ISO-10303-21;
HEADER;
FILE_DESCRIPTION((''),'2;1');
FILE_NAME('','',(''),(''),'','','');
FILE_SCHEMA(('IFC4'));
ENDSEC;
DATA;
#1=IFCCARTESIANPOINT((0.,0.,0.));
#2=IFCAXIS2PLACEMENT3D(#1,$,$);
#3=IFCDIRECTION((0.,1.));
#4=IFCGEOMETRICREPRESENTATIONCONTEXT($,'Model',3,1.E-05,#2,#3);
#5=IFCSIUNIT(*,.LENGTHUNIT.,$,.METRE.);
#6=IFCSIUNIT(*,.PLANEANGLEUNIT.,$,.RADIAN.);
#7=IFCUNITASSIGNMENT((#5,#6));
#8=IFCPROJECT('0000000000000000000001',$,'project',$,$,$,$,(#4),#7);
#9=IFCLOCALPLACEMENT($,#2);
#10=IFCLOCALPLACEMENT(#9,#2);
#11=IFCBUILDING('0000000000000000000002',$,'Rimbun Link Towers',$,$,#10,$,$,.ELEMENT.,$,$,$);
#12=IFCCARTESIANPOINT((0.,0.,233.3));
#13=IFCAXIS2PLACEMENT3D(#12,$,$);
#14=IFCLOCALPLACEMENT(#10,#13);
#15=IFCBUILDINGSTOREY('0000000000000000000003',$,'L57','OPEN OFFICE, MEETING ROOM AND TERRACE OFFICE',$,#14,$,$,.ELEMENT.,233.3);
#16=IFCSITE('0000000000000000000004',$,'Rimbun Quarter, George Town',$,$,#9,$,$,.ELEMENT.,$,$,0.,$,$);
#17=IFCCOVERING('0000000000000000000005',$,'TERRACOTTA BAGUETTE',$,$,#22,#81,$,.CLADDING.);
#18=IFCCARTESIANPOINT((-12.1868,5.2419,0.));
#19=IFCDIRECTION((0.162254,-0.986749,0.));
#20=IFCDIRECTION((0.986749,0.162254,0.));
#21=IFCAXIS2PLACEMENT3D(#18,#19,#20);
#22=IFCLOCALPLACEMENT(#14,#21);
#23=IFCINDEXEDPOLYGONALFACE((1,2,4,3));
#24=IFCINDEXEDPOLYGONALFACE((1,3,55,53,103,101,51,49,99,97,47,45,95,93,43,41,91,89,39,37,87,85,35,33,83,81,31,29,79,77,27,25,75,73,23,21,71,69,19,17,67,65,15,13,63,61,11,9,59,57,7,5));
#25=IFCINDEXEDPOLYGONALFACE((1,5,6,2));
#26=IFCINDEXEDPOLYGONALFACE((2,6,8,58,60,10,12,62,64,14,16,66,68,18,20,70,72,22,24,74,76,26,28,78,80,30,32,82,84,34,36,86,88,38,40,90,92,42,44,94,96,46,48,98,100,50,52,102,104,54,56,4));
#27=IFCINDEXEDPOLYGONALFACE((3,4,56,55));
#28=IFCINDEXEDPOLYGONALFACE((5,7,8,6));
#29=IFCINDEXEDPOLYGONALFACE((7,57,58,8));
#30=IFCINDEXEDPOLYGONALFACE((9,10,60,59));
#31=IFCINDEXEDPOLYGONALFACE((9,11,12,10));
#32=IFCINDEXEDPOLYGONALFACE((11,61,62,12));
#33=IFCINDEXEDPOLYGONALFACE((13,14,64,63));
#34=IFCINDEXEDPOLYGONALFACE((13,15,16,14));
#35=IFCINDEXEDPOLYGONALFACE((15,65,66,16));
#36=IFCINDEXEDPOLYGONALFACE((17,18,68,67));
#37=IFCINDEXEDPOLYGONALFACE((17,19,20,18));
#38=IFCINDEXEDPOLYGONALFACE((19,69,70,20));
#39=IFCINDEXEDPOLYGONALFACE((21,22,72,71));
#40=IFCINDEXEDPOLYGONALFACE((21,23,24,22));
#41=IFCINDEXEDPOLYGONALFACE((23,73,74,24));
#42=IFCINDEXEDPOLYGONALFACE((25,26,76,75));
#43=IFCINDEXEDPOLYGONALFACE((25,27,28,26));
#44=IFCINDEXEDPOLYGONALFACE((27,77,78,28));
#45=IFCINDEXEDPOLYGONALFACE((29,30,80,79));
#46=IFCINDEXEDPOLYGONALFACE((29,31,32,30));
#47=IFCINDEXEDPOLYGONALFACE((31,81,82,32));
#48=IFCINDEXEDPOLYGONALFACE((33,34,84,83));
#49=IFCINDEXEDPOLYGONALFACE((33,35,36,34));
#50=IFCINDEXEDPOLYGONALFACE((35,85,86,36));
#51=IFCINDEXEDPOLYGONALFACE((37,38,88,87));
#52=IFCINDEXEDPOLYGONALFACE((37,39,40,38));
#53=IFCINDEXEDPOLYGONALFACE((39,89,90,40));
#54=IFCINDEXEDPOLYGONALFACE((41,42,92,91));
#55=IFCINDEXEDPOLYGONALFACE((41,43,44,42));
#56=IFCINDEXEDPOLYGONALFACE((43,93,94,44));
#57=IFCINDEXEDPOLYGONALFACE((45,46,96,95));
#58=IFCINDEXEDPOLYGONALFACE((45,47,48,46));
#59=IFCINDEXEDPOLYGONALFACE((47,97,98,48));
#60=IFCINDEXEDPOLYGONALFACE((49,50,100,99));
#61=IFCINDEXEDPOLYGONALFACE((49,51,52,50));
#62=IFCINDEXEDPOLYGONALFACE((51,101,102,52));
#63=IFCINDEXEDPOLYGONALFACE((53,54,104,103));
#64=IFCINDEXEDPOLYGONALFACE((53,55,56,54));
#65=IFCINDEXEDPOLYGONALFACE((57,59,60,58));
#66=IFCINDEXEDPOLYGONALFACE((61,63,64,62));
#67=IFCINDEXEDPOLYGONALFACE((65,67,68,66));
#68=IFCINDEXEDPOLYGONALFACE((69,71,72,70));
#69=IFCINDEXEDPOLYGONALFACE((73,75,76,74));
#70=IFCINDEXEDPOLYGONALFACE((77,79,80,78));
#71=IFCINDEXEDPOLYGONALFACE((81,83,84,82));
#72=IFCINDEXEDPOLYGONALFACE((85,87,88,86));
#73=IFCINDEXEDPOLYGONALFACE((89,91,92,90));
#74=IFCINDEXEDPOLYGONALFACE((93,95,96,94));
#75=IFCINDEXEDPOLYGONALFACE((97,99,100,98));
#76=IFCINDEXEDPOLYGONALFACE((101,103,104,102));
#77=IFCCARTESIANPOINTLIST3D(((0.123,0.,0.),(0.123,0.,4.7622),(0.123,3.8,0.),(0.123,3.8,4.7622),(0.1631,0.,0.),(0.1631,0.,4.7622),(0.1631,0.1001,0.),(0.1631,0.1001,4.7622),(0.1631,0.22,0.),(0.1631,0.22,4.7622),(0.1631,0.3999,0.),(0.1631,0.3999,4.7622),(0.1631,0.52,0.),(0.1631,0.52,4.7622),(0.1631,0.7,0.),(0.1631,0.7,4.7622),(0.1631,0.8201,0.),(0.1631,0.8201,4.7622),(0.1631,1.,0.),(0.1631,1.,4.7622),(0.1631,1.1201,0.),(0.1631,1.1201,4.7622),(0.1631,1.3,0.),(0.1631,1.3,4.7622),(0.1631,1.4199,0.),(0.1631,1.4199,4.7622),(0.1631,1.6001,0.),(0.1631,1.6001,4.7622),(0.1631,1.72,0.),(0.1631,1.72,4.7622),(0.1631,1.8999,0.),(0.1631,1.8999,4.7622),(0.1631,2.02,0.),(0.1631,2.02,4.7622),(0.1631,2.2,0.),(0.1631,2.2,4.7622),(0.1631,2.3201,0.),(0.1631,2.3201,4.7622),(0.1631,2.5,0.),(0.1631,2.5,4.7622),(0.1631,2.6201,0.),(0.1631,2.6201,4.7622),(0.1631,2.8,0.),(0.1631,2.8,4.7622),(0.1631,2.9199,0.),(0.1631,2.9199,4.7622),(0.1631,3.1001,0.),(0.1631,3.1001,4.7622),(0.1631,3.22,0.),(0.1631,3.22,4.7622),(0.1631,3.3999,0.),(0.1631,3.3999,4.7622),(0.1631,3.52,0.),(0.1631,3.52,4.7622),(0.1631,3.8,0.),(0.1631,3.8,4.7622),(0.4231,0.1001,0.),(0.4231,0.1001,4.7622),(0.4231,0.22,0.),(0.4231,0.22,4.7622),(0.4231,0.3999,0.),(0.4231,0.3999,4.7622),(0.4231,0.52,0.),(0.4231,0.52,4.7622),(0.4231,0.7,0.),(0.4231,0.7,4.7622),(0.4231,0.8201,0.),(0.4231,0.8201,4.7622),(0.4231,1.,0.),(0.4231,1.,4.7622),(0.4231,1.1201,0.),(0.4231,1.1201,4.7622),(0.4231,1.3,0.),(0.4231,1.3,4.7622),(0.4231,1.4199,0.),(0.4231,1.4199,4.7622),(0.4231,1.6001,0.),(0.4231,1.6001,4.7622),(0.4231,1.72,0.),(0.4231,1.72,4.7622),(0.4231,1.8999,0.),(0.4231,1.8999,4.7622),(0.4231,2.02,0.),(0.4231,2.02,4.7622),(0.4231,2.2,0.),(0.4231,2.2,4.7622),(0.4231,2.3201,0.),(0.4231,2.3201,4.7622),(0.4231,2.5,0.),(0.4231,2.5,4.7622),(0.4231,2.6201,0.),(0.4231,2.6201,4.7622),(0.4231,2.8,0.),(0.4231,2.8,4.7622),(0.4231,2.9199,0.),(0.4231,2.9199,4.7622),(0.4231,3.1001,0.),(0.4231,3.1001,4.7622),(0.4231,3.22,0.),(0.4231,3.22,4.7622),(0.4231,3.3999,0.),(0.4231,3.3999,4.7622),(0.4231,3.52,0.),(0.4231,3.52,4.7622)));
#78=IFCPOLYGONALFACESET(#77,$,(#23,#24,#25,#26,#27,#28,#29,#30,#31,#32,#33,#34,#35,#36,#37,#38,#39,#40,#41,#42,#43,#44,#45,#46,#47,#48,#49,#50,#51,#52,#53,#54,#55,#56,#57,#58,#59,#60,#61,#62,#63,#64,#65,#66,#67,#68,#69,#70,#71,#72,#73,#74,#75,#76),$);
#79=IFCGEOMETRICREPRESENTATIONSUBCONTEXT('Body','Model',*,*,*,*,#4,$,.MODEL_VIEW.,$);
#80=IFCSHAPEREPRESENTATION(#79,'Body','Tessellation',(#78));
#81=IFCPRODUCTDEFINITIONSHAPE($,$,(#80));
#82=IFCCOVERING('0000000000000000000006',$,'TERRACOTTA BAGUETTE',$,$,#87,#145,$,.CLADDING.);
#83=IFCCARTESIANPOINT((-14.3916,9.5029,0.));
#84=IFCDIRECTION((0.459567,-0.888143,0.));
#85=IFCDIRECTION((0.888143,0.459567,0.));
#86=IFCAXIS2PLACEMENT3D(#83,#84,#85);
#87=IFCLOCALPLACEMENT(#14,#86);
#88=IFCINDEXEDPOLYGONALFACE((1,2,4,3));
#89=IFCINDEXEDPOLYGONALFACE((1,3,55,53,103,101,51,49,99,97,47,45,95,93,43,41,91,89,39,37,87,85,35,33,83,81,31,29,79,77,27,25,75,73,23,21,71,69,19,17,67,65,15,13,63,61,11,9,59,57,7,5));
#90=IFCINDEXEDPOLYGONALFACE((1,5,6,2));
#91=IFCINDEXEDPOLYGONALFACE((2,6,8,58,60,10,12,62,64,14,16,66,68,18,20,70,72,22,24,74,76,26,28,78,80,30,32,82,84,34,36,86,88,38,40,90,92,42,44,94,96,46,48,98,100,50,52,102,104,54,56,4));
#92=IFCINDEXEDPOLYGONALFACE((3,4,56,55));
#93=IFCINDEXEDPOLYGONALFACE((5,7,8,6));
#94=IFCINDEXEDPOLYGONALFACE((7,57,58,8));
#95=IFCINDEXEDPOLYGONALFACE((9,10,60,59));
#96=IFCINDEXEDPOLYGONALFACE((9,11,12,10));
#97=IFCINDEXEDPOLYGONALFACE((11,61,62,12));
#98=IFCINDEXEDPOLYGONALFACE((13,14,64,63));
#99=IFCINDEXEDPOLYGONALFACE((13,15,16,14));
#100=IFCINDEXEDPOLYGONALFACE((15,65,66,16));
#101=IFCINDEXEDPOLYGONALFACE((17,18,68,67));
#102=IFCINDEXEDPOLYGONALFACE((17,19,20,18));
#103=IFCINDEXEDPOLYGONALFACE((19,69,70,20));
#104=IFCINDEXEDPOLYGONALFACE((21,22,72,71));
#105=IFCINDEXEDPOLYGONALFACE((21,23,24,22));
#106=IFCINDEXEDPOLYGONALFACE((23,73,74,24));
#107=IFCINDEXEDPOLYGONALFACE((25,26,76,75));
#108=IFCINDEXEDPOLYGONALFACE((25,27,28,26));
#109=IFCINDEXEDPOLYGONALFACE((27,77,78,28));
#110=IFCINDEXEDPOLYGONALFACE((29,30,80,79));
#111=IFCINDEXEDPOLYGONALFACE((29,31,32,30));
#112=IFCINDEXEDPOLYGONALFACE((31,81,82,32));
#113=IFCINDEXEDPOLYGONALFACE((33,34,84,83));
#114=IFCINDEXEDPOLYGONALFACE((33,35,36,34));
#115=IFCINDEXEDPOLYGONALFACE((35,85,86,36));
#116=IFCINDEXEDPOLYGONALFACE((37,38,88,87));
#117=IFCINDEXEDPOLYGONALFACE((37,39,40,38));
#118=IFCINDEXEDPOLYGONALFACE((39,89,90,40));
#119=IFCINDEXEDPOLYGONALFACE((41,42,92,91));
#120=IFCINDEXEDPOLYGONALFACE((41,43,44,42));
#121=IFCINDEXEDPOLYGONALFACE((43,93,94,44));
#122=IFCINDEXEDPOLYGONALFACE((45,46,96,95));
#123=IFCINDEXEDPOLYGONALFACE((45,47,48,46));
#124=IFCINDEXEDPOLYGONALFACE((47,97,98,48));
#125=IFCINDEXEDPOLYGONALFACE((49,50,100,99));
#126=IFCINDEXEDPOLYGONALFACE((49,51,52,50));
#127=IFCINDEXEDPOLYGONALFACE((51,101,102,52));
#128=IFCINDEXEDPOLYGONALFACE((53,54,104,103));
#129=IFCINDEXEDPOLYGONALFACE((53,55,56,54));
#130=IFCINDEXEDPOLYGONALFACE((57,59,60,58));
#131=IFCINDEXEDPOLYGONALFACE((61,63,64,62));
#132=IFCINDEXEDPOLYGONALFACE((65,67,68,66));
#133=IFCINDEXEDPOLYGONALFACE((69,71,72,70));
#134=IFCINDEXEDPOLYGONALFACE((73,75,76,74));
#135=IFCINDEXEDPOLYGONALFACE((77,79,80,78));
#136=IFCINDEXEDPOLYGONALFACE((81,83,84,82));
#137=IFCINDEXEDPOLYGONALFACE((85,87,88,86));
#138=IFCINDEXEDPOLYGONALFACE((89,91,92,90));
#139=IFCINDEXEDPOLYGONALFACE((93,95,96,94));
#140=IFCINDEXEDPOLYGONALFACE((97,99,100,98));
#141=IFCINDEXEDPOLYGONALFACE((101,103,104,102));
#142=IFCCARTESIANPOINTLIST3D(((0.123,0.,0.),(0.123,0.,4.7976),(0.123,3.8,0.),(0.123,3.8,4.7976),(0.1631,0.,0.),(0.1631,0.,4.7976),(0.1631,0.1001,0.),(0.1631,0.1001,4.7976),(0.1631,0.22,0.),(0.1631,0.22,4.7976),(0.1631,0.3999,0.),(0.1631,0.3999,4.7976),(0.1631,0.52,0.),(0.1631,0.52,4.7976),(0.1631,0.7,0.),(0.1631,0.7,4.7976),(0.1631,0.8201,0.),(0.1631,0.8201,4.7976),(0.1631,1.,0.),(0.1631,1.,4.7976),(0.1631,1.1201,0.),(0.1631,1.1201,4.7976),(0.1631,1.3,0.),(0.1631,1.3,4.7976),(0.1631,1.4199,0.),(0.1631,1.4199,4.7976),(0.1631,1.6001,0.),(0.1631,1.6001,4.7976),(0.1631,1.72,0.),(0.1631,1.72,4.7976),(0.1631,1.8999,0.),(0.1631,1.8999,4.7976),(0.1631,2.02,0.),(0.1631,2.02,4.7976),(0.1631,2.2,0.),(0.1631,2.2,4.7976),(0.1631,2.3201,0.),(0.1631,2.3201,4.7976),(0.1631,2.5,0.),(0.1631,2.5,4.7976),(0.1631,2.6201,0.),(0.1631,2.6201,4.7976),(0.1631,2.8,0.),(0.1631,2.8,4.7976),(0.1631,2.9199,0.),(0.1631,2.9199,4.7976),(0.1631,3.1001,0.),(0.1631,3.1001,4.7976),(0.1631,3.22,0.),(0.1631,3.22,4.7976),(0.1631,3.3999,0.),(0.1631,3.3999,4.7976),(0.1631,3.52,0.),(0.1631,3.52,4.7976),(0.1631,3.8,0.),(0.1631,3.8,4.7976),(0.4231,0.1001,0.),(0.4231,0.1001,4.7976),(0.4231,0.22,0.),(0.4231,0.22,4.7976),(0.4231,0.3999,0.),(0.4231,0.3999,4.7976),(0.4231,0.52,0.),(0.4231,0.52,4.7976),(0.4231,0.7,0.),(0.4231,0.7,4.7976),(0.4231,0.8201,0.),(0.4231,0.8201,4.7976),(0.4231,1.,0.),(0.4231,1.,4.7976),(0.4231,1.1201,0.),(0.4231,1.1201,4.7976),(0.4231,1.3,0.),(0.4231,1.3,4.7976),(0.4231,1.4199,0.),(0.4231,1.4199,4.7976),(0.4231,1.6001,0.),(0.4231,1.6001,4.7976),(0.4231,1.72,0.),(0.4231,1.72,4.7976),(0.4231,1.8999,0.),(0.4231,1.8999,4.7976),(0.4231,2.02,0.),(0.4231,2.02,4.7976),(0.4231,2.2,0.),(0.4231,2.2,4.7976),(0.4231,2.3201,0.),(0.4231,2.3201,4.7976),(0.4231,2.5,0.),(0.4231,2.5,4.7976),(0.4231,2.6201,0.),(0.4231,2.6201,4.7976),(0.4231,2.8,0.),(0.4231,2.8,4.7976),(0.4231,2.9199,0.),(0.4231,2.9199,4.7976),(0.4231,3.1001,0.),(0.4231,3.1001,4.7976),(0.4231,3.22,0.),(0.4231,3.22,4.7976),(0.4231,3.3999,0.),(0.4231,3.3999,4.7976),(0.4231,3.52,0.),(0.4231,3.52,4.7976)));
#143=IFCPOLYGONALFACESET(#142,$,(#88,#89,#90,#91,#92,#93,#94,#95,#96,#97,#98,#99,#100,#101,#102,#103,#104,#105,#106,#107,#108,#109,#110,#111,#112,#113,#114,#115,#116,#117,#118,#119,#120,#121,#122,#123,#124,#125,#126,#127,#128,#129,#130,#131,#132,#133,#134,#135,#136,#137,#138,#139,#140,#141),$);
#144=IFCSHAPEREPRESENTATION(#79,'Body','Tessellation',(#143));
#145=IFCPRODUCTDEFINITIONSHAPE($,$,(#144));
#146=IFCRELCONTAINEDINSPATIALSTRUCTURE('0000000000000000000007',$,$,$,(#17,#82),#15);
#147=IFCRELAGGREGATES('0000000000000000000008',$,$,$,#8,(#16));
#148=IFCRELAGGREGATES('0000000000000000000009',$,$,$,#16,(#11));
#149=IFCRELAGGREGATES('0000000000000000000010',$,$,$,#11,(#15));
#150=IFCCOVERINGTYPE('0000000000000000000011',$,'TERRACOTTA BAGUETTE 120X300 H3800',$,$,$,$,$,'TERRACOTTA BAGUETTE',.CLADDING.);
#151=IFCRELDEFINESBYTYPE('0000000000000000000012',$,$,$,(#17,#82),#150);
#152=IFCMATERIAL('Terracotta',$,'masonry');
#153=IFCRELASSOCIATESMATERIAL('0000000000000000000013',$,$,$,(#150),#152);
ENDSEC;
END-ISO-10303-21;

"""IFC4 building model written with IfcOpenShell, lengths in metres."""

from ifc_helpers import new_model, si_unit, direction, frame, origin, place, context, subcontext, project, spatial, polyline, outline, extrude, material, material_profile, profile_set, type_object, element, save


model = new_model("IFC4")

# Units and contexts
model_context = context("Model", 3, precision=1e-05, world=origin(), true_north=direction((0.0, 1.0)))
body_context = subcontext(model_context, "Body", "Model", "MODEL_VIEW")
ifc_project = project(units=[si_unit("LENGTHUNIT", "METRE"), si_unit("PLANEANGLEUNIT", "RADIAN")], contexts=[model_context])

# Site, building, storey
site_placement = place(None, origin())
site = spatial("IfcSite", under=ifc_project, at=site_placement, Name="Rimbun Quarter, George Town", CompositionType="ELEMENT", RefElevation=0.0)
building_placement = place(site_placement, origin())
building = spatial("IfcBuilding", under=site, at=building_placement, Name="Rimbun Link Towers", CompositionType="ELEMENT")
storey_placement = place(building_placement, frame((0.0, 0.0, 233.3)))
storey = spatial("IfcBuildingStorey", under=building, at=storey_placement, Name="L57", Description="OPEN OFFICE, MEETING ROOM AND TERRACE OFFICE", CompositionType="ELEMENT", Elevation=233.3)

# Coverings
ifc_material_1 = material(Name="Terracotta", Category="masonry")
ifc_material_profile_1 = material_profile(ifc_material_1, outline(polyline([(0.123, 0.0), (0.1631, 0.0), (0.1631, 0.1001), (0.4231, 0.1001), (0.4231, 0.22), (0.1631, 0.22), (0.1631, 0.3999), (0.4231, 0.3999), (0.4231, 0.52), (0.1631, 0.52), (0.1631, 0.7), (0.4231, 0.7), (0.4231, 0.8201), (0.1631, 0.8201), (0.1631, 1.0), (0.4231, 1.0), (0.4231, 1.1201), (0.1631, 1.1201), (0.1631, 1.3), (0.4231, 1.3), (0.4231, 1.4199), (0.1631, 1.4199), (0.1631, 1.6001), (0.4231, 1.6001), (0.4231, 1.72), (0.1631, 1.72), (0.1631, 1.8999), (0.4231, 1.8999), (0.4231, 2.02), (0.1631, 2.02), (0.1631, 2.2), (0.4231, 2.2), (0.4231, 2.3201), (0.1631, 2.3201), (0.1631, 2.5), (0.4231, 2.5), (0.4231, 2.6201), (0.1631, 2.6201), (0.1631, 2.8), (0.4231, 2.8), (0.4231, 2.9199), (0.1631, 2.9199), (0.1631, 3.1001), (0.4231, 3.1001), (0.4231, 3.22), (0.1631, 3.22), (0.1631, 3.3999), (0.4231, 3.3999), (0.4231, 3.52), (0.1631, 3.52), (0.1631, 3.8), (0.123, 3.8), (0.123, 0.0)])), Name="BAGUETTE 120X300")
ifc_profile_set_1 = profile_set([ifc_material_profile_1], Name="Terracotta")
covering_type = type_object("IfcCoveringType", Name="TERRACOTTA BAGUETTE 120X300 H3800", ElementType="TERRACOTTA BAGUETTE", PredefinedType="CLADDING", material=ifc_profile_set_1)
covering_1_placement = place(storey_placement, frame((-12.1868, 5.2419, 0.0), z_axis=(0.162254, -0.986749, 0.0), x_axis=(0.986749, 0.162254, 0.0)))
element("IfcCovering", 1, at=covering_1_placement, inside=storey, type_object=covering_type, Name="TERRACOTTA BAGUETTE", PredefinedType="CLADDING", context=body_context, shape_type="SweptSolid", body=[
    extrude(outline(polyline([(0.123, 0.0), (0.1631, 0.0), (0.1631, 0.1001), (0.4231, 0.1001), (0.4231, 0.22), (0.1631, 0.22), (0.1631, 0.3999), (0.4231, 0.3999), (0.4231, 0.52), (0.1631, 0.52), (0.1631, 0.7), (0.4231, 0.7), (0.4231, 0.8201), (0.1631, 0.8201), (0.1631, 1.0), (0.4231, 1.0), (0.4231, 1.1201), (0.1631, 1.1201), (0.1631, 1.3), (0.4231, 1.3), (0.4231, 1.4199), (0.1631, 1.4199), (0.1631, 1.6001), (0.4231, 1.6001), (0.4231, 1.72), (0.1631, 1.72), (0.1631, 1.8999), (0.4231, 1.8999), (0.4231, 2.02), (0.1631, 2.02), (0.1631, 2.2), (0.4231, 2.2), (0.4231, 2.3201), (0.1631, 2.3201), (0.1631, 2.5), (0.4231, 2.5), (0.4231, 2.6201), (0.1631, 2.6201), (0.1631, 2.8), (0.4231, 2.8), (0.4231, 2.9199), (0.1631, 2.9199), (0.1631, 3.1001), (0.4231, 3.1001), (0.4231, 3.22), (0.1631, 3.22), (0.1631, 3.3999), (0.4231, 3.3999), (0.4231, 3.52), (0.1631, 3.52), (0.1631, 3.8), (0.123, 3.8), (0.123, 0.0)])), origin(), (0.0, 0.0, 1.0), 4.7622),
])
covering_2_placement = place(storey_placement, frame((-14.3916, 9.5029, 0.0), z_axis=(0.459567, -0.888143, 0.0), x_axis=(0.888143, 0.459567, 0.0)))
element("IfcCovering", 2, at=covering_2_placement, inside=storey, type_object=covering_type, Name="TERRACOTTA BAGUETTE", PredefinedType="CLADDING", context=body_context, shape_type="SweptSolid", body=[
    extrude(outline(polyline([(0.123, 0.0), (0.1631, 0.0), (0.1631, 0.1001), (0.4231, 0.1001), (0.4231, 0.22), (0.1631, 0.22), (0.1631, 0.3999), (0.4231, 0.3999), (0.4231, 0.52), (0.1631, 0.52), (0.1631, 0.7), (0.4231, 0.7), (0.4231, 0.8201), (0.1631, 0.8201), (0.1631, 1.0), (0.4231, 1.0), (0.4231, 1.1201), (0.1631, 1.1201), (0.1631, 1.3), (0.4231, 1.3), (0.4231, 1.4199), (0.1631, 1.4199), (0.1631, 1.6001), (0.4231, 1.6001), (0.4231, 1.72), (0.1631, 1.72), (0.1631, 1.8999), (0.4231, 1.8999), (0.4231, 2.02), (0.1631, 2.02), (0.1631, 2.2), (0.4231, 2.2), (0.4231, 2.3201), (0.1631, 2.3201), (0.1631, 2.5), (0.4231, 2.5), (0.4231, 2.6201), (0.1631, 2.6201), (0.1631, 2.8), (0.4231, 2.8), (0.4231, 2.9199), (0.1631, 2.9199), (0.1631, 3.1001), (0.4231, 3.1001), (0.4231, 3.22), (0.1631, 3.22), (0.1631, 3.3999), (0.4231, 3.3999), (0.4231, 3.52), (0.1631, 3.52), (0.1631, 3.8), (0.123, 3.8), (0.123, 0.0)])), origin(), (0.0, 0.0, 1.0), 4.7976),
])

save(model, "model.ifc")
